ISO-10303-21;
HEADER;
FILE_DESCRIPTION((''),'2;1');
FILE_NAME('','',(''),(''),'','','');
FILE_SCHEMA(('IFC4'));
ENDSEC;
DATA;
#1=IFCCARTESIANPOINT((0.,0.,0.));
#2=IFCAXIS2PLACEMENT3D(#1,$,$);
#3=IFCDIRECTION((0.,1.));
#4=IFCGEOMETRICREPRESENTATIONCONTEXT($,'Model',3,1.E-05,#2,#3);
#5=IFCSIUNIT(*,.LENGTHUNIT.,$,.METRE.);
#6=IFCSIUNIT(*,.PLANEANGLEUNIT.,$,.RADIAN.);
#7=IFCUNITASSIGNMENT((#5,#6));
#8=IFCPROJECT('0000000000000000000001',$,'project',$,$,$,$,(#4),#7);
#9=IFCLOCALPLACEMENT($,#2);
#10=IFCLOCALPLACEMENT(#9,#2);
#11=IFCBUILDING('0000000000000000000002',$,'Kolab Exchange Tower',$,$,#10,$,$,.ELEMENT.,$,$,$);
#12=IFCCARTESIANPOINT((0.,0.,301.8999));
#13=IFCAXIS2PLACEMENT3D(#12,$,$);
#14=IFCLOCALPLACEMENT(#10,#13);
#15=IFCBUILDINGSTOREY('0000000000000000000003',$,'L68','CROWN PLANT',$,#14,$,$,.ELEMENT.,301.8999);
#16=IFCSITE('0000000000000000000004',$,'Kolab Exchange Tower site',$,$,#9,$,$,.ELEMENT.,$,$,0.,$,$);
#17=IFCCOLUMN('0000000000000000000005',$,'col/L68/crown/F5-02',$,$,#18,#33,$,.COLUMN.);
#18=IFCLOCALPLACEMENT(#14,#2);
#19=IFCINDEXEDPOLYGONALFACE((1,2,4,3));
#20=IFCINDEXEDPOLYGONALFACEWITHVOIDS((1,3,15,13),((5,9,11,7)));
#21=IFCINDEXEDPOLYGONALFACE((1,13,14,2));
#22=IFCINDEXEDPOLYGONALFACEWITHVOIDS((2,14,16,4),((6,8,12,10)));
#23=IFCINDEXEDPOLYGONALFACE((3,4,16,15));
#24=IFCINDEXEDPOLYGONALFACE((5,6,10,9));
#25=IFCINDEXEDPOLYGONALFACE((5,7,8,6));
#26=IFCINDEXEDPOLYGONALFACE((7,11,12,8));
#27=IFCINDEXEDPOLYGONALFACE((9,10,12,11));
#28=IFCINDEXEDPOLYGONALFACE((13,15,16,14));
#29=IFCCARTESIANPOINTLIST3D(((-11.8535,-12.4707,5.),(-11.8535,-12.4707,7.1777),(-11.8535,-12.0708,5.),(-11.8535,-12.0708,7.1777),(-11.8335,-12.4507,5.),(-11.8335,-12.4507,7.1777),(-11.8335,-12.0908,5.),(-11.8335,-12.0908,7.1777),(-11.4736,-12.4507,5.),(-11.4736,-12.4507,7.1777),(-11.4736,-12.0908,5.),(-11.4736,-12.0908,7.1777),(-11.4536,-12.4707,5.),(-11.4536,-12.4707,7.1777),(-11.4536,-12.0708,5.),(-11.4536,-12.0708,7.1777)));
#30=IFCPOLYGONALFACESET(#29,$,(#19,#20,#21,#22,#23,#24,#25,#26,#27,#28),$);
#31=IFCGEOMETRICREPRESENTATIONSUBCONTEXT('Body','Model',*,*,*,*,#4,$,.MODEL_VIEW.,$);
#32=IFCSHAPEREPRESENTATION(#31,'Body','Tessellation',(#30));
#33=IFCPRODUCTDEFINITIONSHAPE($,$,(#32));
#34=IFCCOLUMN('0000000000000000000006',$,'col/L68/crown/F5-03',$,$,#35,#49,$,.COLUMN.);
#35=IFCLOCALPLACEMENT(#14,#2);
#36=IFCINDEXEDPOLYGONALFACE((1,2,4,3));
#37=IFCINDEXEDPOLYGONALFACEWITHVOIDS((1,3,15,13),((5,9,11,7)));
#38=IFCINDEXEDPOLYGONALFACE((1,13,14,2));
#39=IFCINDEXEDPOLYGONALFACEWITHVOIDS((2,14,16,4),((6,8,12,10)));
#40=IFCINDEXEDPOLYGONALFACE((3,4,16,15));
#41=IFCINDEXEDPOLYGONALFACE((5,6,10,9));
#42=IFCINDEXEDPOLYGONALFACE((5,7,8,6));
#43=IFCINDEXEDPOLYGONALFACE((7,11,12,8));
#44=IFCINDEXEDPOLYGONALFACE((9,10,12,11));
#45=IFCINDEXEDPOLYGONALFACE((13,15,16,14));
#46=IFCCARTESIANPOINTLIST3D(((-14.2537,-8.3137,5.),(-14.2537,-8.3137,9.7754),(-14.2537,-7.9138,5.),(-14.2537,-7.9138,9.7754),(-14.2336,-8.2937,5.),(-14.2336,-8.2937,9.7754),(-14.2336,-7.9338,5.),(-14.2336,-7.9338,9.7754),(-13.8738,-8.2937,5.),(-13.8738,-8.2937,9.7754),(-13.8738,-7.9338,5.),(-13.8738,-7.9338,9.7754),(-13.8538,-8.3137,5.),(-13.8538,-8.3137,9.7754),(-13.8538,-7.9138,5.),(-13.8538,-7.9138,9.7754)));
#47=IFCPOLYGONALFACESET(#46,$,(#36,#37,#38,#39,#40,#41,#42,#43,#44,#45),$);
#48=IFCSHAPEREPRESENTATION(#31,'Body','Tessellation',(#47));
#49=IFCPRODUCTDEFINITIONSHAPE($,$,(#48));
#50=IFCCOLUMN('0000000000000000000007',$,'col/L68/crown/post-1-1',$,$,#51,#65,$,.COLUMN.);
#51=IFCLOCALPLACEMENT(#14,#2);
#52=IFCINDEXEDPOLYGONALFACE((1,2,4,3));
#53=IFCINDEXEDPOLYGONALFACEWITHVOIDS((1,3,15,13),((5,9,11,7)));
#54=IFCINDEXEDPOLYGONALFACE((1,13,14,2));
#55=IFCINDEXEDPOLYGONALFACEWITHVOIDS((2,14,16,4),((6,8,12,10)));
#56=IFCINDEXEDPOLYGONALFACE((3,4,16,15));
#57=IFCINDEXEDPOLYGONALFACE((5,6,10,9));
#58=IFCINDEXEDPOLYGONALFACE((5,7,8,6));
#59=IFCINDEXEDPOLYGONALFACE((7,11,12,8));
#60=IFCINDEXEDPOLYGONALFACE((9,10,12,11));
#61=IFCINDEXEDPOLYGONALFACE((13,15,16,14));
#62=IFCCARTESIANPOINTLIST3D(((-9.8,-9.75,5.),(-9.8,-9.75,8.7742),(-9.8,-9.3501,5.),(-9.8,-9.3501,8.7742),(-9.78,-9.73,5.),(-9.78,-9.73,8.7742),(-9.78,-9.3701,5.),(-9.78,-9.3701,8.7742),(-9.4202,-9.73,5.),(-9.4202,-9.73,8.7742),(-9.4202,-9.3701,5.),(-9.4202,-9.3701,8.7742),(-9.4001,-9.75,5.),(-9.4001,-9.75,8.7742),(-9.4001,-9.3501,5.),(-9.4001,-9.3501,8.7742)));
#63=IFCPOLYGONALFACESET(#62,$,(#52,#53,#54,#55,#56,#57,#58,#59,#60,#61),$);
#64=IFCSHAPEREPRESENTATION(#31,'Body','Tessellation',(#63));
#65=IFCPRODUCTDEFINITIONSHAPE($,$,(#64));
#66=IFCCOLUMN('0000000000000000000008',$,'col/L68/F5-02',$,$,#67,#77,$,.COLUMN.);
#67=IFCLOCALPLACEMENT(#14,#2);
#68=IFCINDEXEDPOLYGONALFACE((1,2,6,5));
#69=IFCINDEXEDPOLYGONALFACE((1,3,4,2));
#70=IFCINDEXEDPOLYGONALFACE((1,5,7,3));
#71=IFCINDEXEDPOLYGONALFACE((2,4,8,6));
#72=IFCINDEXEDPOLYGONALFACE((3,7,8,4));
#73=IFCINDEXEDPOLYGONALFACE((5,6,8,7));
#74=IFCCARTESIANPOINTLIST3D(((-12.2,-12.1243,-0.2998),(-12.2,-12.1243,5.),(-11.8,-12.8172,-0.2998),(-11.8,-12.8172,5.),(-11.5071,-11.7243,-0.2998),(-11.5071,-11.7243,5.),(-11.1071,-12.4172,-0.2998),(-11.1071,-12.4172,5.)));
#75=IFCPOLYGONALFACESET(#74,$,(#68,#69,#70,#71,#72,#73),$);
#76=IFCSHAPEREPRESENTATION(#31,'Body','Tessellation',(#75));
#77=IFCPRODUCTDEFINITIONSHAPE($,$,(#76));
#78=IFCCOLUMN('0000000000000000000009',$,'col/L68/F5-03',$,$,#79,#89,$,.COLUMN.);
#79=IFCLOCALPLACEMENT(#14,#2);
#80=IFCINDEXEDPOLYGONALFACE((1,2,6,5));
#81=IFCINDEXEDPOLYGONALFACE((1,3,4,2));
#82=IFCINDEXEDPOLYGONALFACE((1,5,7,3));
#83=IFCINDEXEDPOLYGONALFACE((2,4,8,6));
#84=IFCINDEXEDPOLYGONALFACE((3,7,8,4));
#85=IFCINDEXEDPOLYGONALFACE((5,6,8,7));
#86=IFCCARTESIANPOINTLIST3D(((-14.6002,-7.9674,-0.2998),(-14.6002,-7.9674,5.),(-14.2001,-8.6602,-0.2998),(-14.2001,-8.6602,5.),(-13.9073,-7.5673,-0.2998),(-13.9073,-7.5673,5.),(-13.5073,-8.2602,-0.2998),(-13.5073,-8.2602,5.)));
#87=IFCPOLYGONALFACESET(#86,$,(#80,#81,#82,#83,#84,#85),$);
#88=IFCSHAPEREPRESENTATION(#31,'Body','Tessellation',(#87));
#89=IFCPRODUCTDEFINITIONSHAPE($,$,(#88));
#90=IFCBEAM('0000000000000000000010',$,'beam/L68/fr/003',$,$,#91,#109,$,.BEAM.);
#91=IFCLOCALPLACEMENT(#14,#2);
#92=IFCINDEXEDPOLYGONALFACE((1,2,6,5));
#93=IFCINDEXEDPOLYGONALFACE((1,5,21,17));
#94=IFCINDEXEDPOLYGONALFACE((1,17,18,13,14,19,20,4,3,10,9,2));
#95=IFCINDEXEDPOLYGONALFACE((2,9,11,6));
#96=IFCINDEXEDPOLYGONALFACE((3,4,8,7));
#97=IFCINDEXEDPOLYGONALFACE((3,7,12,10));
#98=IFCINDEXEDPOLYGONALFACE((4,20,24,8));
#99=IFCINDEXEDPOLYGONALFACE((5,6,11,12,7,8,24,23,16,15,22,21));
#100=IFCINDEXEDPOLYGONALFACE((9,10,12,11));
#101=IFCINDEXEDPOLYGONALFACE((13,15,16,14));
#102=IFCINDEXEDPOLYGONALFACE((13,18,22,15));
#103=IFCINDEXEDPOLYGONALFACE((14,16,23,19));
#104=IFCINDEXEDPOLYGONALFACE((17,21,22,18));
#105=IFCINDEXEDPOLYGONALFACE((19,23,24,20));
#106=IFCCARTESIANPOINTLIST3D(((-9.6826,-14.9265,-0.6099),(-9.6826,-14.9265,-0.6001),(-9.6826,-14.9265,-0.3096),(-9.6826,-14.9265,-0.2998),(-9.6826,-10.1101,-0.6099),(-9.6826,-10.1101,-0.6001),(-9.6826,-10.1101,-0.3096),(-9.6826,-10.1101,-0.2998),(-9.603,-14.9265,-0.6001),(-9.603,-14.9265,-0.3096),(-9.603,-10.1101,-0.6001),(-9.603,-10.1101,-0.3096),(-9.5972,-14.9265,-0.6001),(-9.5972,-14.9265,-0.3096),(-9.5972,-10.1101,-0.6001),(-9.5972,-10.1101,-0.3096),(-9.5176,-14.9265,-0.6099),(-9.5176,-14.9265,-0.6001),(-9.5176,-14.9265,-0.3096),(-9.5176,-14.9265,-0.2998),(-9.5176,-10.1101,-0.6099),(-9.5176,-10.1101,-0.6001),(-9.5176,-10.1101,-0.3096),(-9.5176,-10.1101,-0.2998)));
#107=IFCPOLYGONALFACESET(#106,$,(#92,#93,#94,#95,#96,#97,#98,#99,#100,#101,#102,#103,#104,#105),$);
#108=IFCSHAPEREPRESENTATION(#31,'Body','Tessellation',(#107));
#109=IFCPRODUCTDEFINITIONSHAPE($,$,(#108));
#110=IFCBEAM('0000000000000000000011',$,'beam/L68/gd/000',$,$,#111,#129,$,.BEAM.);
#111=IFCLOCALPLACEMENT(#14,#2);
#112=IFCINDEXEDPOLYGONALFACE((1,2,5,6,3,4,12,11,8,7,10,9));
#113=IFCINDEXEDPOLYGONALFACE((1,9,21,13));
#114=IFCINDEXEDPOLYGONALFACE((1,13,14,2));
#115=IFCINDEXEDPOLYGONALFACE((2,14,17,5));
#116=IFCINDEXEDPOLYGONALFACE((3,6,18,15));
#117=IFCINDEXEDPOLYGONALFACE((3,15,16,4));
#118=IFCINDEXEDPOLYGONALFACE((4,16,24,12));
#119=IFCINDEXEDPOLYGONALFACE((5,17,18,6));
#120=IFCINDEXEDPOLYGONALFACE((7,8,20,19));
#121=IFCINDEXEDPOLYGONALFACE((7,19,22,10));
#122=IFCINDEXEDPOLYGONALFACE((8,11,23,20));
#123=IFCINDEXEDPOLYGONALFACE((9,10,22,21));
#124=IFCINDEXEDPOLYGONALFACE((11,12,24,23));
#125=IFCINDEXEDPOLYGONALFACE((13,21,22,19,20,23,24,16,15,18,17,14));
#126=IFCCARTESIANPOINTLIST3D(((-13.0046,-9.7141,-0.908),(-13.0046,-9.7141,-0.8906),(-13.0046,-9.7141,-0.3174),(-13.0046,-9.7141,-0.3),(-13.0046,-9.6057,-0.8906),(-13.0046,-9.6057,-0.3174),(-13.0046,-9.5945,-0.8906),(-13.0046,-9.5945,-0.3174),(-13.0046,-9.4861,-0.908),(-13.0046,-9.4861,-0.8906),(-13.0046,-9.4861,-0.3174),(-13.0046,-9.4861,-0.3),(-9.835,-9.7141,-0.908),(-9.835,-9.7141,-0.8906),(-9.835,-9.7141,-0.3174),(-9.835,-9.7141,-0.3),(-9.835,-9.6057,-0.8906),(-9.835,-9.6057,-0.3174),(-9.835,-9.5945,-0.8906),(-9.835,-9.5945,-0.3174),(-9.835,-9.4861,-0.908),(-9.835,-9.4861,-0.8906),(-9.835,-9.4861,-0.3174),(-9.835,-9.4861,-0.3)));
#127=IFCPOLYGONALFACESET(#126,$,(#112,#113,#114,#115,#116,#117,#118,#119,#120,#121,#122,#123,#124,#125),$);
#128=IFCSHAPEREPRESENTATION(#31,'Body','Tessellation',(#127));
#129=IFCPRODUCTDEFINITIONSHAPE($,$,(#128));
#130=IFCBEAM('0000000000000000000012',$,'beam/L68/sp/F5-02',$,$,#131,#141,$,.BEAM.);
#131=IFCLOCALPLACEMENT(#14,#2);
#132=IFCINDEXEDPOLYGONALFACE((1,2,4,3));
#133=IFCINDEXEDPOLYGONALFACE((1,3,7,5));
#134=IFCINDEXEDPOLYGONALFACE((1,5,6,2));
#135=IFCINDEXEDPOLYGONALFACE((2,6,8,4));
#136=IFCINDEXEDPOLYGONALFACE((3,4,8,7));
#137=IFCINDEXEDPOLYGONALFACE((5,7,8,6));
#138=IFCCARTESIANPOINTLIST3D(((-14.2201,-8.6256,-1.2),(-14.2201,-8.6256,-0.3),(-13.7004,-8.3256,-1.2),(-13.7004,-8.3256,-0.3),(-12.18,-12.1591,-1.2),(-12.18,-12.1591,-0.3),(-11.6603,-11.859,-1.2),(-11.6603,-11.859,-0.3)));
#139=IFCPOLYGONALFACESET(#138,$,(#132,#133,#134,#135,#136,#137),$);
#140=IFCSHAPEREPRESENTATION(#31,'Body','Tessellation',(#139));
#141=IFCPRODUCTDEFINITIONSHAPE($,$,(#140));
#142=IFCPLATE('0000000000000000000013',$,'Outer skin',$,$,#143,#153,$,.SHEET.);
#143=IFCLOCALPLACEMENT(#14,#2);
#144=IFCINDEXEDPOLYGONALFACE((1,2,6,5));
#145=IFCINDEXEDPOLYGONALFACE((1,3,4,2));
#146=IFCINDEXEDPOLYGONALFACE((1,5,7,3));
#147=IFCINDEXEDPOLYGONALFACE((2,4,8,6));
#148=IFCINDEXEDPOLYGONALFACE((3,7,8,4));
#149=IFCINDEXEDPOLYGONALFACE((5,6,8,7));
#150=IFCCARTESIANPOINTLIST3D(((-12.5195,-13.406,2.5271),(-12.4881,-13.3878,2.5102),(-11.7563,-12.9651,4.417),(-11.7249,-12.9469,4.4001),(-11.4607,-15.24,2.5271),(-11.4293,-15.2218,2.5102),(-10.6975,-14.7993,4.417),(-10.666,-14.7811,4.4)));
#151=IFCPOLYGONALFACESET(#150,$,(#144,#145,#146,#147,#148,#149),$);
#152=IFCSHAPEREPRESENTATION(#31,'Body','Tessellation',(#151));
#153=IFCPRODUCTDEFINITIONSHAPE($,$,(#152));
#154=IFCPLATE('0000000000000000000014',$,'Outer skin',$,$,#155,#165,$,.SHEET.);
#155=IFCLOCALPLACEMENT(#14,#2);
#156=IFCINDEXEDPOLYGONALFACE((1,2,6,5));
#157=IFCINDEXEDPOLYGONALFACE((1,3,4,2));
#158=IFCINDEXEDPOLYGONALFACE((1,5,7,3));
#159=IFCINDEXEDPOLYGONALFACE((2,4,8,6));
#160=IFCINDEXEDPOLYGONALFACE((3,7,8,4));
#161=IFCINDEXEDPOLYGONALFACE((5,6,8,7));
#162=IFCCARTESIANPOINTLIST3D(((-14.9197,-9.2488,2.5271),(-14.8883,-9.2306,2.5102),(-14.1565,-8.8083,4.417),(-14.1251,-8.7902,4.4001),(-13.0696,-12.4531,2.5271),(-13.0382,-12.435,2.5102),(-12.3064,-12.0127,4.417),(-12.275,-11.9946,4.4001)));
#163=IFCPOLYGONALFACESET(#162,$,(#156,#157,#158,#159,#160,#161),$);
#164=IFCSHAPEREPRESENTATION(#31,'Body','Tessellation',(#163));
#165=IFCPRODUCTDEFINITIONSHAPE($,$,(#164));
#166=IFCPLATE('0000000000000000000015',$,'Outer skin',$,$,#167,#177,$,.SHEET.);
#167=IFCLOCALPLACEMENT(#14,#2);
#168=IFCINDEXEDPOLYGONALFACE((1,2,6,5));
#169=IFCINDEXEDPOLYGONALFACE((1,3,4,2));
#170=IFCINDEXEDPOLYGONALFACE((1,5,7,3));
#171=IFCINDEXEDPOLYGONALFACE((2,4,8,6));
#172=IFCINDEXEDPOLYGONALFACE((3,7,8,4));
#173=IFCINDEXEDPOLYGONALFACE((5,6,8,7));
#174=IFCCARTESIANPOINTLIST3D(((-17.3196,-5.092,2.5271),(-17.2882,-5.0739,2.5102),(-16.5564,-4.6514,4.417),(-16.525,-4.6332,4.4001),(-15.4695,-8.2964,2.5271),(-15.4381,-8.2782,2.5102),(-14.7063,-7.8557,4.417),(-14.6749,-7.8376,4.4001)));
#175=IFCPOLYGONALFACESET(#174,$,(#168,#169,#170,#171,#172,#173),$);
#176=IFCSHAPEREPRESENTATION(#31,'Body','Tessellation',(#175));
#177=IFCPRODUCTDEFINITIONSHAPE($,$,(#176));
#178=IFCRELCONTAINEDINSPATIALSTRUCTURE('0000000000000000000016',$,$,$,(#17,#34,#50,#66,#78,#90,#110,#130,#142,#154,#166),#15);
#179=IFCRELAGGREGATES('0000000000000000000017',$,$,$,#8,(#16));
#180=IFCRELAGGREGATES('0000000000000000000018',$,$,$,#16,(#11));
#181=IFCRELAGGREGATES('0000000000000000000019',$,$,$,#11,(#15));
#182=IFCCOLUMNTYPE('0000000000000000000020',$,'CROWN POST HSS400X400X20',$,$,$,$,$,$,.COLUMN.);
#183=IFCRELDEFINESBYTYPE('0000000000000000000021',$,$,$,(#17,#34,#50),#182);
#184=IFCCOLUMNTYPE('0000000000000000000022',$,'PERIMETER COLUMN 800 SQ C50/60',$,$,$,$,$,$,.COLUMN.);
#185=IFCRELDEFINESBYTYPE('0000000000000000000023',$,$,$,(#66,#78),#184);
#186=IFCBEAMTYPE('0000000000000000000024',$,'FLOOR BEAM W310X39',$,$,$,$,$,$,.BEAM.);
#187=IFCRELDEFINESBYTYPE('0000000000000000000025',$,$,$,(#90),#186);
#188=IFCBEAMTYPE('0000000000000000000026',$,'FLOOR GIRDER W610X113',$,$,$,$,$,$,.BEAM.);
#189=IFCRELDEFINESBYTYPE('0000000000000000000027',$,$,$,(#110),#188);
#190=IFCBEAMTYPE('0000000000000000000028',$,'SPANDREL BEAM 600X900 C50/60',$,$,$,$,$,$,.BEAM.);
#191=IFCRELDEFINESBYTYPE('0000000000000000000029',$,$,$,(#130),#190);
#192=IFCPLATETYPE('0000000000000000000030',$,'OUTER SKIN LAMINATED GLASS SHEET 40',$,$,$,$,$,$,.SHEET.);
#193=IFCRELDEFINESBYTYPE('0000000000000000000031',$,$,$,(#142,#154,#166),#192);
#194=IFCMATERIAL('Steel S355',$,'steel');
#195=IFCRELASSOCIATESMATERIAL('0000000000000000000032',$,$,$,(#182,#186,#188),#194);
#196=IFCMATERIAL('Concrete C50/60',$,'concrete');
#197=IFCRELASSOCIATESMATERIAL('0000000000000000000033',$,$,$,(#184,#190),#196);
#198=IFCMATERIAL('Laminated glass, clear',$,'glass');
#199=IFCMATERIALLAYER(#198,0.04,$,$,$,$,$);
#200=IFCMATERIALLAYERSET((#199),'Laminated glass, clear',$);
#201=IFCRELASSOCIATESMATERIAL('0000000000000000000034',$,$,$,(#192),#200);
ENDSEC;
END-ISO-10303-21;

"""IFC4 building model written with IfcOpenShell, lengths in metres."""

from ifc_helpers import new_model, si_unit, direction, frame, origin, origin_2d, place, context, subcontext, project, spatial, polyline, rectangle, hollow_rectangle, i_section, outline, extrude, material, layer, layer_set, material_profile, profile_set, type_object, element, save


model = new_model("IFC4")

# Units and contexts
model_context = context("Model", 3, precision=1e-05, world=origin(), true_north=direction((0.0, 1.0)))
body_context = subcontext(model_context, "Body", "Model", "MODEL_VIEW")
ifc_project = project(units=[si_unit("LENGTHUNIT", "METRE"), si_unit("PLANEANGLEUNIT", "RADIAN")], contexts=[model_context])

# Site, building, storey
site_placement = place(None, origin())
site = spatial("IfcSite", under=ifc_project, at=site_placement, Name="Kolab Exchange Tower site", CompositionType="ELEMENT", RefElevation=0.0)
building_placement = place(site_placement, origin())
building = spatial("IfcBuilding", under=site, at=building_placement, Name="Kolab Exchange Tower", CompositionType="ELEMENT")
storey_placement = place(building_placement, frame((0.0, 0.0, 301.8999)))
storey = spatial("IfcBuildingStorey", under=building, at=storey_placement, Name="L68", Description="CROWN PLANT", CompositionType="ELEMENT", Elevation=301.8999)

# Columns
ifc_material_1 = material(Name="Steel S355", Category="steel")
ifc_material_profile_1 = material_profile(ifc_material_1, hollow_rectangle(XDim=0.3999, YDim=0.3999, WallThickness=0.02, at=origin_2d()), Name="HSS400X400X20")
ifc_profile_set_1 = profile_set([ifc_material_profile_1], Name="Steel S355")
column_type_1 = type_object("IfcColumnType", Name="CROWN POST HSS400X400X20", PredefinedType="COLUMN", material=ifc_profile_set_1)
column_1_placement = place(storey_placement, frame((-11.6536, -12.2708, 5.0), z_axis=(0.0, 0.0, 1.0), x_axis=(1.0, 0.0, 0.0)))
element("IfcColumn", 1, at=column_1_placement, inside=storey, type_object=column_type_1, Name="col/L68/crown/F5-02", PredefinedType="COLUMN", context=body_context, shape_type="SweptSolid", body=[
    extrude(hollow_rectangle(XDim=0.3999, YDim=0.3999, WallThickness=0.02, at=origin_2d()), origin(), (0.0, 0.0, 1.0), 2.1777),
])
column_2_placement = place(storey_placement, frame((-14.0537, -8.1138, 5.0), z_axis=(0.0, 0.0, 1.0), x_axis=(1.0, 0.0, 0.0)))
element("IfcColumn", 2, at=column_2_placement, inside=storey, type_object=column_type_1, Name="col/L68/crown/F5-03", PredefinedType="COLUMN", context=body_context, shape_type="SweptSolid", body=[
    extrude(hollow_rectangle(XDim=0.3999, YDim=0.3999, WallThickness=0.02, at=origin_2d()), origin(), (0.0, 0.0, 1.0), 4.7754),
])
column_3_placement = place(storey_placement, frame((-9.6001, -9.55, 5.0), z_axis=(0.0, 0.0, 1.0), x_axis=(1.0, 0.0, 0.0)))
element("IfcColumn", 3, at=column_3_placement, inside=storey, type_object=column_type_1, Name="col/L68/crown/post-1-1", PredefinedType="COLUMN", context=body_context, shape_type="SweptSolid", body=[
    extrude(hollow_rectangle(XDim=0.3999, YDim=0.3999, WallThickness=0.02, at=origin_2d()), origin(), (0.0, 0.0, 1.0), 3.7742),
])
ifc_material_2 = material(Name="Concrete C50/60", Category="concrete")
ifc_material_profile_2 = material_profile(ifc_material_2, rectangle(XDim=0.8, YDim=0.8, at=origin_2d()), Name="RC800")
ifc_profile_set_2 = profile_set([ifc_material_profile_2], Name="Concrete C50/60")
column_type_2 = type_object("IfcColumnType", Name="PERIMETER COLUMN 800 SQ C50/60", PredefinedType="COLUMN", material=ifc_profile_set_2)
for number, where, z_axis, x_axis, name in (
    (4, (-11.6536, -12.2708, -0.2998), (0.0, 0.0, 1.0), (0.866025, 0.5, 0.0), "col/L68/F5-02"),
    (5, (-14.0537, -8.1138, -0.2998), (0.0, 0.0, 1.0), (0.866025, 0.5, 0.0), "col/L68/F5-03"),
):
    element("IfcColumn", number, at=place(storey_placement, frame(where, z_axis=z_axis, x_axis=x_axis)), inside=storey, type_object=column_type_2, Name=name, PredefinedType="COLUMN", context=body_context, shape_type="SweptSolid", body=[
        extrude(rectangle(XDim=0.8, YDim=0.8, at=origin_2d()), origin(), (0.0, 0.0, 1.0), 5.2998),
    ])

# Beams
ifc_material_profile_3 = material_profile(ifc_material_1, i_section(OverallWidth=0.165, OverallDepth=0.3101, WebThickness=0.0059, FlangeThickness=0.0098, at=origin_2d()), Name="W310X39")
ifc_profile_set_3 = profile_set([ifc_material_profile_3], Name="Steel S355")
beam_type_1 = type_object("IfcBeamType", Name="FLOOR BEAM W310X39", PredefinedType="BEAM", material=ifc_profile_set_3)
beam_1_placement = place(storey_placement, frame((-9.6001, -14.9265, -0.4548), z_axis=(0.0, 1.0, 0.0), x_axis=(-1.0, 0.0, 0.0)))
element("IfcBeam", 6, at=beam_1_placement, inside=storey, type_object=beam_type_1, Name="beam/L68/fr/003", PredefinedType="BEAM", context=body_context, shape_type="SweptSolid", body=[
    extrude(i_section(OverallWidth=0.165, OverallDepth=0.3101, WebThickness=0.0059, FlangeThickness=0.0098, at=origin_2d()), origin(), (0.0, 0.0, 1.0), 4.8164),
])
ifc_material_profile_4 = material_profile(ifc_material_1, i_section(OverallWidth=0.228, OverallDepth=0.6079, WebThickness=0.0112, FlangeThickness=0.0173, at=origin_2d()), Name="W610X113")
ifc_profile_set_4 = profile_set([ifc_material_profile_4], Name="Steel S355")
beam_type_2 = type_object("IfcBeamType", Name="FLOOR GIRDER W610X113", PredefinedType="BEAM", material=ifc_profile_set_4)
beam_2_placement = place(storey_placement, frame((-13.0046, -9.6001, -0.604), z_axis=(1.0, 0.0, 0.0), x_axis=(0.0, 1.0, 0.0)))
element("IfcBeam", 7, at=beam_2_placement, inside=storey, type_object=beam_type_2, Name="beam/L68/gd/000", PredefinedType="BEAM", context=body_context, shape_type="SweptSolid", body=[
    extrude(i_section(OverallWidth=0.228, OverallDepth=0.6079, WebThickness=0.0112, FlangeThickness=0.0173, at=origin_2d()), origin(), (0.0, 0.0, 1.0), 3.1697),
])
ifc_material_profile_5 = material_profile(ifc_material_2, rectangle(XDim=0.6001, YDim=0.8999, at=origin_2d()), Name="RC600X900")
ifc_profile_set_5 = profile_set([ifc_material_profile_5], Name="Concrete C50/60")
beam_type_3 = type_object("IfcBeamType", Name="SPANDREL BEAM 600X900 C50/60", PredefinedType="BEAM", material=ifc_profile_set_5)
beam_3_placement = place(storey_placement, frame((-11.9202, -12.009, -0.75), z_axis=(-0.5, 0.866025, 0.0), x_axis=(-0.866025, -0.5, 0.0)))
element("IfcBeam", 8, at=beam_3_placement, inside=storey, type_object=beam_type_3, Name="beam/L68/sp/F5-02", PredefinedType="BEAM", context=body_context, shape_type="SweptSolid", body=[
    extrude(rectangle(XDim=0.6001, YDim=0.8999, at=origin_2d()), origin(), (0.0, 0.0, 1.0), 4.0801),
])

# Plates
ifc_material_3 = material(Name="Laminated glass, clear", Category="glass")
ifc_layer_1 = layer(ifc_material_3, 0.04)
ifc_layer_set_1 = layer_set([ifc_layer_1], Name="Laminated glass, clear")
plate_type = type_object("IfcPlateType", Name="OUTER SKIN LAMINATED GLASS SHEET 40", PredefinedType="SHEET", material=ifc_layer_set_1)
plate_1_placement = place(storey_placement, frame((-11.4607, -15.24, 2.5271), z_axis=(-0.784891, -0.453121, 0.422643), x_axis=(-0.499975, 0.86604, -0.000011)))
element("IfcPlate", 9, at=plate_1_placement, inside=storey, type_object=plate_type, Name="Outer skin", PredefinedType="SHEET", context=body_context, shape_type="SweptSolid", body=[
    extrude(outline(polyline([(0.0, 0.0), (2.1177, 0.0), (2.118, -2.0853), (0.0, -2.0853), (0.0, 0.0)])), origin(), (0.0, 0.0, -1.0), 0.04),
])
plate_2_placement = place(storey_placement, frame((-13.0696, -12.4531, 2.5271), z_axis=(-0.784897, -0.453177, 0.422571), x_axis=(-0.500014, 0.866017, 0.0)))
element("IfcPlate", 10, at=plate_2_placement, inside=storey, type_object=plate_type, Name="Outer skin", PredefinedType="SHEET", context=body_context, shape_type="SweptSolid", body=[
    extrude(outline(polyline([(0.0, 0.0), (3.7001, 0.0), (3.6999, -2.0852), (-0.0002, -2.0852), (0.0, 0.0)])), origin(), (0.0, 0.0, -1.0), 0.04),
])
plate_3_placement = place(storey_placement, frame((-15.4695, -8.2964, 2.5271), z_axis=(-0.784878, -0.453166, 0.422619), x_axis=(-0.500014, 0.866017, 0.0)))
element("IfcPlate", 11, at=plate_3_placement, inside=storey, type_object=plate_type, Name="Outer skin", PredefinedType="SHEET", context=body_context, shape_type="SweptSolid", body=[
    extrude(outline(polyline([(0.0, 0.0), (3.7001, 0.0), (3.7001, -2.0853), (0.0, -2.0853), (0.0, 0.0)])), origin(), (0.0, 0.0, -1.0), 0.04),
])

save(model, "model.ifc")
